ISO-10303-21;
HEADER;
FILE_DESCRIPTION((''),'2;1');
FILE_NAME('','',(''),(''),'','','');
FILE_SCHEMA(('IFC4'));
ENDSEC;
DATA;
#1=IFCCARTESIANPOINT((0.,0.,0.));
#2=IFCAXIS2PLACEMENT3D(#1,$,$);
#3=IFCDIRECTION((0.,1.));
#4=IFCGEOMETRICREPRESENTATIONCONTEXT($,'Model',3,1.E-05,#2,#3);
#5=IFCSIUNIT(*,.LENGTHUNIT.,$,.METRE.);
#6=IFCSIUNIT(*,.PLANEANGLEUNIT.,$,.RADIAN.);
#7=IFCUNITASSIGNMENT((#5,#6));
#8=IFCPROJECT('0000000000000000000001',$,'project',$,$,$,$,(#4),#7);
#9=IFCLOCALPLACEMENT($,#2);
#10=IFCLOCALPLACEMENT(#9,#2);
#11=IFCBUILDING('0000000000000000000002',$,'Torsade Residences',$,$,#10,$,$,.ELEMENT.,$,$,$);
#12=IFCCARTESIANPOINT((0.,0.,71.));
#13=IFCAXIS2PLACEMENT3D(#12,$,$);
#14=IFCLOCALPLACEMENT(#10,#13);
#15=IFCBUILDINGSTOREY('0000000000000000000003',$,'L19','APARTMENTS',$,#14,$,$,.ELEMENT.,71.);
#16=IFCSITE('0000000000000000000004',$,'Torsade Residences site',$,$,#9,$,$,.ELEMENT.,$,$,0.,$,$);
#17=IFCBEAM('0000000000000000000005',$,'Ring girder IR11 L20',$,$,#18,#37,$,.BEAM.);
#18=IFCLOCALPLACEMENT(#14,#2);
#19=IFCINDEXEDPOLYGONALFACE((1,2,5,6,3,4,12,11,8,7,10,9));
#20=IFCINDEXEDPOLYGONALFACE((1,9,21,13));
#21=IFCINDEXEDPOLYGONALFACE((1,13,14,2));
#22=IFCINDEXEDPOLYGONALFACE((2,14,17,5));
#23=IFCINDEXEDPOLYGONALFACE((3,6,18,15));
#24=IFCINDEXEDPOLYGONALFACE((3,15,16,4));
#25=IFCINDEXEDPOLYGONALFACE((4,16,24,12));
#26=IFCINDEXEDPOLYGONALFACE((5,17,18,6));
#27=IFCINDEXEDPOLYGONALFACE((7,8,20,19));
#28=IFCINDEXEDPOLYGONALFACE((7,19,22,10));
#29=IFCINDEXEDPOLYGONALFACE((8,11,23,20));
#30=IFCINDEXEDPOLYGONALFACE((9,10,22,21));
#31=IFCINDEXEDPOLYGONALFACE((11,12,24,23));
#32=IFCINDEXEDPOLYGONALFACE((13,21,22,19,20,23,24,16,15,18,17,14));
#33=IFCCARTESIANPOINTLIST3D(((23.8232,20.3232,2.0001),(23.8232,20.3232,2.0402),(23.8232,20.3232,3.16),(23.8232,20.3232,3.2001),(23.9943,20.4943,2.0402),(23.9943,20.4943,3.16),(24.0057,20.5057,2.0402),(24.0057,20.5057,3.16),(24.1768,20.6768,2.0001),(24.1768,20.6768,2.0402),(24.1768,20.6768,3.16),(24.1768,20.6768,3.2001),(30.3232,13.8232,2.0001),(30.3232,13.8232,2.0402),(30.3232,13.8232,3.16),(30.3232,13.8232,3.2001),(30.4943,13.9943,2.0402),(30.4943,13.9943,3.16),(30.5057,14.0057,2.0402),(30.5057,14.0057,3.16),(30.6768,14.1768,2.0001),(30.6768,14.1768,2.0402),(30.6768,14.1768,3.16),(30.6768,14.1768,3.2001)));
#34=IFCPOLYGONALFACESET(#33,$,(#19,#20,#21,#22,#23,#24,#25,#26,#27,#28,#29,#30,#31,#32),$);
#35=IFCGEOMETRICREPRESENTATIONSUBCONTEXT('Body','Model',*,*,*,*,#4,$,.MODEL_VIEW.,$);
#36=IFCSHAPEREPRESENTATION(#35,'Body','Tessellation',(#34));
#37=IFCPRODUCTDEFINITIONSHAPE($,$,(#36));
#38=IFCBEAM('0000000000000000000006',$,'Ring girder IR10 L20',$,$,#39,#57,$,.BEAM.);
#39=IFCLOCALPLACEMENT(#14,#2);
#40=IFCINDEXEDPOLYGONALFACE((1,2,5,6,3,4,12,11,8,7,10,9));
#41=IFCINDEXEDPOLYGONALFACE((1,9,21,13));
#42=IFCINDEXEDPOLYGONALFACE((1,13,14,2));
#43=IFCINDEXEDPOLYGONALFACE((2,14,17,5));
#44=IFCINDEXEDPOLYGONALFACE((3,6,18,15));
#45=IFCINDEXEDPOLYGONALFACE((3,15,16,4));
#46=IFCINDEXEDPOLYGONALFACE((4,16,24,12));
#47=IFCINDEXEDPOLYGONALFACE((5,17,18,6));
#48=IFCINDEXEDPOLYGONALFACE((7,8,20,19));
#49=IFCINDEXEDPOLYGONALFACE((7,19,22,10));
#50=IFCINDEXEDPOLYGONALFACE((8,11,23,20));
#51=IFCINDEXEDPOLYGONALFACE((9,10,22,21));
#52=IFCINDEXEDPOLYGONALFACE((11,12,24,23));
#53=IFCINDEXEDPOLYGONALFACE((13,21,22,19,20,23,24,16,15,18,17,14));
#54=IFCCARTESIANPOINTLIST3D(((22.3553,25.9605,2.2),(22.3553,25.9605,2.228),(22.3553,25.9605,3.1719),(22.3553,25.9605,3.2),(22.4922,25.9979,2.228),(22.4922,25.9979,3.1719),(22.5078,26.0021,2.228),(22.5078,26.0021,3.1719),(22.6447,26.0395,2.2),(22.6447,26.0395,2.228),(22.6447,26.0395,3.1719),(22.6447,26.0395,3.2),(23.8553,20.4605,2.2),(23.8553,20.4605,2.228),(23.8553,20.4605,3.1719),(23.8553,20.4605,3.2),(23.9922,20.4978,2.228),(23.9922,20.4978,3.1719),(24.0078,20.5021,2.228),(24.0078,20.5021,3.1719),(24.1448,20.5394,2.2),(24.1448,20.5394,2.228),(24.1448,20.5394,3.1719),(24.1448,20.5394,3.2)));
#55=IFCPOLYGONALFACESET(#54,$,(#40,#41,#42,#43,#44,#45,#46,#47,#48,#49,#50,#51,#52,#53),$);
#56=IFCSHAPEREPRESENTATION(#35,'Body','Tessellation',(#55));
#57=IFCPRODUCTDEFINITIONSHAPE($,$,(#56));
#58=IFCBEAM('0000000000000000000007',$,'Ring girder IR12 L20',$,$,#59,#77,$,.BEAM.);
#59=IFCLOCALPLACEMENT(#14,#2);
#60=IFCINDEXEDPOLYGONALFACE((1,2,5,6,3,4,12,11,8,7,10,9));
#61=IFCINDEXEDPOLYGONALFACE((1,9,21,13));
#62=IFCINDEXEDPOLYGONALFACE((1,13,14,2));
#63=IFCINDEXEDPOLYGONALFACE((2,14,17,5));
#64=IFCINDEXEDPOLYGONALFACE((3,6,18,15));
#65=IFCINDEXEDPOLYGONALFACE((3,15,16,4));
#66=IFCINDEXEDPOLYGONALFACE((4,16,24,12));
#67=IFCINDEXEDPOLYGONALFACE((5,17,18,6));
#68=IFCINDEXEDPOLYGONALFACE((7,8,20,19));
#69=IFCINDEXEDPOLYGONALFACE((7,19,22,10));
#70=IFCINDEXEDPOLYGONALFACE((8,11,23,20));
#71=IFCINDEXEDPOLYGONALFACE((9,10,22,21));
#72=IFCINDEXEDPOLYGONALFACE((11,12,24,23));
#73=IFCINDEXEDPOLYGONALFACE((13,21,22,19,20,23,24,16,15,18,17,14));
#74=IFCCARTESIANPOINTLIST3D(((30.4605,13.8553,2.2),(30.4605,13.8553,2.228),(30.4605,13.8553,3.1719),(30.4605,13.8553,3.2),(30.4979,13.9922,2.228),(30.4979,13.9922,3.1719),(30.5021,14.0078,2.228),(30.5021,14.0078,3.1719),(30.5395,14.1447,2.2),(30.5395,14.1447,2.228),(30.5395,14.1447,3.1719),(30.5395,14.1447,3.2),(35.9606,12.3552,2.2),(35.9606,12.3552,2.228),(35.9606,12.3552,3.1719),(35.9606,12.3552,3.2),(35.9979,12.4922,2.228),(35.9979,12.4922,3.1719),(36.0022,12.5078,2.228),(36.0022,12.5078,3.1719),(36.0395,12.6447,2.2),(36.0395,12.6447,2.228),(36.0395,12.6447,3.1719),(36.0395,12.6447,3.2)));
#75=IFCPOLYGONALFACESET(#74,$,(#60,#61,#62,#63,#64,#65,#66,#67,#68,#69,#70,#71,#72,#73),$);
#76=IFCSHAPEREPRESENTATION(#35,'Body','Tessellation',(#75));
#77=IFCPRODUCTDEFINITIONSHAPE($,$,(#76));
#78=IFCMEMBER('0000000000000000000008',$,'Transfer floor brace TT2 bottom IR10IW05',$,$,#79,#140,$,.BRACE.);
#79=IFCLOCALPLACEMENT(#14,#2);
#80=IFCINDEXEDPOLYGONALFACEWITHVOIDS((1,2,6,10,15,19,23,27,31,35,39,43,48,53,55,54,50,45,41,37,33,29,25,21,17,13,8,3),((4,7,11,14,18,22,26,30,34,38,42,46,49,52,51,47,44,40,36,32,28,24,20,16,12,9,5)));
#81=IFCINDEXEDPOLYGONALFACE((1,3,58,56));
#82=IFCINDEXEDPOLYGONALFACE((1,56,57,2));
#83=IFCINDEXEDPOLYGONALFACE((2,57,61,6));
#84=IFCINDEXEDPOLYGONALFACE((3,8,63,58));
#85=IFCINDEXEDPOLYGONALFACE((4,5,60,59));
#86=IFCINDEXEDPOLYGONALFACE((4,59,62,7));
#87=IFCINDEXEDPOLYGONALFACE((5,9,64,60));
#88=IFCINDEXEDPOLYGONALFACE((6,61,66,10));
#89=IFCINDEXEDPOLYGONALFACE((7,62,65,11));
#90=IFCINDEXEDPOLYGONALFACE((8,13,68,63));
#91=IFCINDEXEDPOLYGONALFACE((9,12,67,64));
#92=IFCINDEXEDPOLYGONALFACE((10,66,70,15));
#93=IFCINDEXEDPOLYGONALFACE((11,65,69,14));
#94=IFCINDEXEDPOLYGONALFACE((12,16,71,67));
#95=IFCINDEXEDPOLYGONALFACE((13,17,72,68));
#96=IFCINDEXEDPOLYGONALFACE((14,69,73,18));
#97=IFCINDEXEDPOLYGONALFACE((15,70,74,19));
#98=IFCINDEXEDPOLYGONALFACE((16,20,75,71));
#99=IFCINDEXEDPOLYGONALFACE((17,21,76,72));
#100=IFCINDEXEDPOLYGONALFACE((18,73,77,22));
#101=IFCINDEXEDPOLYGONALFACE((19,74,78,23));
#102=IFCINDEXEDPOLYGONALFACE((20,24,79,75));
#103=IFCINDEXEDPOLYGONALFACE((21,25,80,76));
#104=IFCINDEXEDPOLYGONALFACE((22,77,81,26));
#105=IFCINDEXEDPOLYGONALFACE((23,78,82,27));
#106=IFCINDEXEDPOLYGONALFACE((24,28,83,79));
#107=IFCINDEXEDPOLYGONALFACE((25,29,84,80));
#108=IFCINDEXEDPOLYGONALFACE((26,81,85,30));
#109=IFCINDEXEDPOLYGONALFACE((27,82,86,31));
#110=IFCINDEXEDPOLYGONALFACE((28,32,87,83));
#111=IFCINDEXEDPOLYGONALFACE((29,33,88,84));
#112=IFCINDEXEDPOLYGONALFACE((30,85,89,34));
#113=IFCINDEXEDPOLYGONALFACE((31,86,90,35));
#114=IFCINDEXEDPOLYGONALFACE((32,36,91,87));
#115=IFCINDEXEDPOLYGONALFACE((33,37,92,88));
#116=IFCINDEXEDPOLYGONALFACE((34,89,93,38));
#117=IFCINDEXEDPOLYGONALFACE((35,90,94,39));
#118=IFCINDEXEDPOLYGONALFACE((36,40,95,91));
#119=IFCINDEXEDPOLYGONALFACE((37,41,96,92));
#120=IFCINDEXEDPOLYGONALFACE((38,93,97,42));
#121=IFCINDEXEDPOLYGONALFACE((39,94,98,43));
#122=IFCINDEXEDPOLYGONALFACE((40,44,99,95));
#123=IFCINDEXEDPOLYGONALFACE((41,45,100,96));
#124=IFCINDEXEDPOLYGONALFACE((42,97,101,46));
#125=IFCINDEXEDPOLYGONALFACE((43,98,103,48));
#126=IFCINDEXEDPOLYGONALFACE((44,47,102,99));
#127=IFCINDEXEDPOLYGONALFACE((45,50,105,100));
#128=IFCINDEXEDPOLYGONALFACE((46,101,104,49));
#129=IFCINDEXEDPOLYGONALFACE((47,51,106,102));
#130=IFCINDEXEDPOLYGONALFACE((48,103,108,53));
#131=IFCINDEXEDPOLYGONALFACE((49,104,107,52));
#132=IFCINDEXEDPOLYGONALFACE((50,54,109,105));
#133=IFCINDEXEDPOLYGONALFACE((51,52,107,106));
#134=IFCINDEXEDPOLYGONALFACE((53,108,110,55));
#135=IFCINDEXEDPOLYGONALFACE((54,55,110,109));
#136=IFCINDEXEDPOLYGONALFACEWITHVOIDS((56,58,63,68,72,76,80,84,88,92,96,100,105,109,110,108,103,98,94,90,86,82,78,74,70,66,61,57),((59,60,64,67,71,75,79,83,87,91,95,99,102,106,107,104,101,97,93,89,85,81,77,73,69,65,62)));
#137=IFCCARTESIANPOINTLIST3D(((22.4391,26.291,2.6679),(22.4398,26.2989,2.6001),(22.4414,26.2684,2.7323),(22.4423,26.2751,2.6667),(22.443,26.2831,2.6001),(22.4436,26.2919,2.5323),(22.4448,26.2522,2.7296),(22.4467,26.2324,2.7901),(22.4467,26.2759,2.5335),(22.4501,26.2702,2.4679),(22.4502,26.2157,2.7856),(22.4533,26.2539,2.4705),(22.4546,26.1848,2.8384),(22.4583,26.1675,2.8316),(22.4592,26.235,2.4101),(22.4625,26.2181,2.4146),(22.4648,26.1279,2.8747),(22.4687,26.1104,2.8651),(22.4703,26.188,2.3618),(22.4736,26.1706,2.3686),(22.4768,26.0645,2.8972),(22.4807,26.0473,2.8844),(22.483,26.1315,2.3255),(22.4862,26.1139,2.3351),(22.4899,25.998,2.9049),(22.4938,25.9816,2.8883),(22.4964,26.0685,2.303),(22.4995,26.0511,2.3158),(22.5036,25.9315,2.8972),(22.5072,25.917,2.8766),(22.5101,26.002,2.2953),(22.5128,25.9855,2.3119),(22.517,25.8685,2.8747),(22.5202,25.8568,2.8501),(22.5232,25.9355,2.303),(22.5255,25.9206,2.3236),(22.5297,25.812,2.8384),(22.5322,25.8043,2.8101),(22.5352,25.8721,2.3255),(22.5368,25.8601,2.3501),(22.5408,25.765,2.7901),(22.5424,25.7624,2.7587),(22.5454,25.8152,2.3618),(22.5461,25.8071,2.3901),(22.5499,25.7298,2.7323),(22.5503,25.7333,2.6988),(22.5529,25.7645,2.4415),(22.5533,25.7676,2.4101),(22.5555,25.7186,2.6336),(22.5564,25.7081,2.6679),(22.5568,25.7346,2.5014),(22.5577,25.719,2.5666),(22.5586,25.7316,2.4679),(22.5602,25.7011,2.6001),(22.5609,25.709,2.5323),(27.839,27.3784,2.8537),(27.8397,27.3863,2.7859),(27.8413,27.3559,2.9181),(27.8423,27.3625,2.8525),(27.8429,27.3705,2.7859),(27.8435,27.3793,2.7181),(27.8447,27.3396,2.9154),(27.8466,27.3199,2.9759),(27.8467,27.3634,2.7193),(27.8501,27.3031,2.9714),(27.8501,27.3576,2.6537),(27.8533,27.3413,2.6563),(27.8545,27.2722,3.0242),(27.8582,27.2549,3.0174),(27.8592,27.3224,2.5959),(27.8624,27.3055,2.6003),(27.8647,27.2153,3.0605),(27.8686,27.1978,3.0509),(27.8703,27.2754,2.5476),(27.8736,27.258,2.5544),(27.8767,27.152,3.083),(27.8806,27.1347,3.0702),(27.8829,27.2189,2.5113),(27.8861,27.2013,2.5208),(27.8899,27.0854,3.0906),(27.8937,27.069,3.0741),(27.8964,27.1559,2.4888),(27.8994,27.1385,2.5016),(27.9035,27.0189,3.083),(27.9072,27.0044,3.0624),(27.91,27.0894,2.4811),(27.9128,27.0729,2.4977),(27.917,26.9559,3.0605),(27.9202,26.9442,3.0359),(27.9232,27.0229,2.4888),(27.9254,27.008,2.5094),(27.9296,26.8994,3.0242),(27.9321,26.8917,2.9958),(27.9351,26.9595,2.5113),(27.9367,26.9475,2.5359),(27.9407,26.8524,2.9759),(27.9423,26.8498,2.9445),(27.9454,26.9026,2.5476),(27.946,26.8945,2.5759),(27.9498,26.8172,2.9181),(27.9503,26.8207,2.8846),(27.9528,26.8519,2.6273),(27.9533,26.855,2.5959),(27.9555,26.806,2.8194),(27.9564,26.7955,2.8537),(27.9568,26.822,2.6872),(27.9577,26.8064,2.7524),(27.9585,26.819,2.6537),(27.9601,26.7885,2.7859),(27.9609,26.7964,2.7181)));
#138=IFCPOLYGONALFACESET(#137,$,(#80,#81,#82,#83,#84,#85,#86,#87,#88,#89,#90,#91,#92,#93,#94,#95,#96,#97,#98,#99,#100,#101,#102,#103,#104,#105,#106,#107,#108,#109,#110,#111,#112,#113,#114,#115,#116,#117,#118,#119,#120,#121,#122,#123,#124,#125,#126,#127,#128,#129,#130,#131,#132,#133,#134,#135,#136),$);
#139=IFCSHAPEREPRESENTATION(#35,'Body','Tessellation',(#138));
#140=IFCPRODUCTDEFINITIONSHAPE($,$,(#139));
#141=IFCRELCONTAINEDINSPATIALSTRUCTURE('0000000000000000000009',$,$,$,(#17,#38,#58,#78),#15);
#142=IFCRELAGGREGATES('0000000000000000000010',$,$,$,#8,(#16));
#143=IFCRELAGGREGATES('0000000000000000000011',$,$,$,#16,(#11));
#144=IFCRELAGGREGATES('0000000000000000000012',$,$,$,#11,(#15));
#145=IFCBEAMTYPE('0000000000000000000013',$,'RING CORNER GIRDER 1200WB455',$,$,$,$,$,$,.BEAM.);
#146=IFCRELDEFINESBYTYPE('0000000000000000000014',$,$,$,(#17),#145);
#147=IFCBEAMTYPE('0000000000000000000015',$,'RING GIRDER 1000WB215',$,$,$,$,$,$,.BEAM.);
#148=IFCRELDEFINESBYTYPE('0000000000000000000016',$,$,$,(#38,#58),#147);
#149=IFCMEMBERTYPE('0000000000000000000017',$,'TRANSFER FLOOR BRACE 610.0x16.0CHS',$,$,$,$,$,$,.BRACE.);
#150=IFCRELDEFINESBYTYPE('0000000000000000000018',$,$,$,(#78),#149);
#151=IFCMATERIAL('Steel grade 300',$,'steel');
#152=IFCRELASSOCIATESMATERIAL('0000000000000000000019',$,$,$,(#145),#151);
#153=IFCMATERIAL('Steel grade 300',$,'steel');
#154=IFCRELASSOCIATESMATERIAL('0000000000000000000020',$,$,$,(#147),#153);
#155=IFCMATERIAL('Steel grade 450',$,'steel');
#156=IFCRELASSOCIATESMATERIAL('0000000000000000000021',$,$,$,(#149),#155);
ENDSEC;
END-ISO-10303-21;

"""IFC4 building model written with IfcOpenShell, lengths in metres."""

from ifc_helpers import new_model, si_unit, direction, frame, origin, origin_2d, place, context, subcontext, project, spatial, hollow_circle, i_section, extrude, material, material_profile, profile_set, type_object, element, save


model = new_model("IFC4")

# Units and contexts
model_context = context("Model", 3, precision=1e-05, world=origin(), true_north=direction((0.0, 1.0)))
body_context = subcontext(model_context, "Body", "Model", "MODEL_VIEW")
ifc_project = project(units=[si_unit("LENGTHUNIT", "METRE"), si_unit("PLANEANGLEUNIT", "RADIAN")], contexts=[model_context])

# Site, building, storey
site_placement = place(None, origin())
site = spatial("IfcSite", under=ifc_project, at=site_placement, Name="Torsade Residences site", CompositionType="ELEMENT", RefElevation=0.0)
building_placement = place(site_placement, origin())
building = spatial("IfcBuilding", under=site, at=building_placement, Name="Torsade Residences", CompositionType="ELEMENT")
storey_placement = place(building_placement, frame((0.0, 0.0, 71.0)))
storey = spatial("IfcBuildingStorey", under=building, at=storey_placement, Name="L19", Description="APARTMENTS", CompositionType="ELEMENT", Elevation=71.0)

# Beams
ifc_material_1 = material(Name="Steel grade 300", Category="steel")
ifc_material_profile_1 = material_profile(ifc_material_1, i_section(OverallWidth=0.5, OverallDepth=1.2, WebThickness=0.0161, FlangeThickness=0.04, at=origin_2d()), Name="1200WB455")
ifc_profile_set_1 = profile_set([ifc_material_profile_1], Name="Steel grade 300")
beam_type_1 = type_object("IfcBeamType", Name="RING CORNER GIRDER 1200WB455", PredefinedType="BEAM", material=ifc_profile_set_1)
beam_1_placement = place(storey_placement, frame((24.0, 20.5, 2.6001), z_axis=(0.707107, -0.707107, 0.0), x_axis=(0.707107, 0.707107, 0.0)))
element("IfcBeam", 1, at=beam_1_placement, inside=storey, type_object=beam_type_1, Name="Ring girder IR11 L20", PredefinedType="BEAM", context=body_context, shape_type="SweptSolid", body=[
    extrude(i_section(OverallWidth=0.5, OverallDepth=1.2, WebThickness=0.0161, FlangeThickness=0.04, at=origin_2d()), origin(), (0.0, 0.0, 1.0), 9.1924),
])
ifc_material_2 = material(Name="Steel grade 300", Category="steel")
ifc_material_profile_2 = material_profile(ifc_material_2, i_section(OverallWidth=0.3, OverallDepth=1.0, WebThickness=0.0161, FlangeThickness=0.0281, at=origin_2d()), Name="1000WB215")
ifc_profile_set_2 = profile_set([ifc_material_profile_2], Name="Steel grade 300")
beam_type_2 = type_object("IfcBeamType", Name="RING GIRDER 1000WB215", PredefinedType="BEAM", material=ifc_profile_set_2)
for number, where, z_axis, x_axis, name in (
    (2, (22.5, 26.0, 2.7), (0.263117, -0.964764, 0.0), (0.964764, 0.263117, 0.0), "Ring girder IR10 L20"),
    (3, (30.5, 14.0, 2.7), (0.964764, -0.263117, 0.0), (0.263117, 0.964764, 0.0), "Ring girder IR12 L20"),
):
    element("IfcBeam", number, at=place(storey_placement, frame(where, z_axis=z_axis, x_axis=x_axis)), inside=storey, type_object=beam_type_2, Name=name, PredefinedType="BEAM", context=body_context, shape_type="SweptSolid", body=[
        extrude(i_section(OverallWidth=0.3, OverallDepth=1.0, WebThickness=0.0161, FlangeThickness=0.0281, at=origin_2d()), origin(), (0.0, 0.0, 1.0), 5.7009),
    ])

# Member
ifc_material_3 = material(Name="Steel grade 450", Category="steel")
ifc_material_profile_3 = material_profile(ifc_material_3, hollow_circle(Radius=0.3049, WallThickness=0.0161, at=origin_2d()), Name="610.0x16.0CHS")
ifc_profile_set_3 = profile_set([ifc_material_profile_3], Name="Steel grade 450")
member_type = type_object("IfcMemberType", Name="TRANSFER FLOOR BRACE 610.0x16.0CHS", PredefinedType="BRACE", material=ifc_profile_set_3)
member_1_placement = place(storey_placement, frame((22.5, 26.0, 2.6001), z_axis=(0.979764, 0.197299, 0.03371), x_axis=(-0.197412, 0.980321, 0.0)))
element("IfcMember", 4, at=member_1_placement, inside=storey, type_object=member_type, Name="Transfer floor brace TT2 bottom IR10IW05", PredefinedType="BRACE", context=body_context, shape_type="SweptSolid", body=[
    extrude(hollow_circle(Radius=0.3049, WallThickness=0.0161, at=origin_2d()), origin(), (0.0, 0.0, 1.0), 5.5115),
])

save(model, "model.ifc")
